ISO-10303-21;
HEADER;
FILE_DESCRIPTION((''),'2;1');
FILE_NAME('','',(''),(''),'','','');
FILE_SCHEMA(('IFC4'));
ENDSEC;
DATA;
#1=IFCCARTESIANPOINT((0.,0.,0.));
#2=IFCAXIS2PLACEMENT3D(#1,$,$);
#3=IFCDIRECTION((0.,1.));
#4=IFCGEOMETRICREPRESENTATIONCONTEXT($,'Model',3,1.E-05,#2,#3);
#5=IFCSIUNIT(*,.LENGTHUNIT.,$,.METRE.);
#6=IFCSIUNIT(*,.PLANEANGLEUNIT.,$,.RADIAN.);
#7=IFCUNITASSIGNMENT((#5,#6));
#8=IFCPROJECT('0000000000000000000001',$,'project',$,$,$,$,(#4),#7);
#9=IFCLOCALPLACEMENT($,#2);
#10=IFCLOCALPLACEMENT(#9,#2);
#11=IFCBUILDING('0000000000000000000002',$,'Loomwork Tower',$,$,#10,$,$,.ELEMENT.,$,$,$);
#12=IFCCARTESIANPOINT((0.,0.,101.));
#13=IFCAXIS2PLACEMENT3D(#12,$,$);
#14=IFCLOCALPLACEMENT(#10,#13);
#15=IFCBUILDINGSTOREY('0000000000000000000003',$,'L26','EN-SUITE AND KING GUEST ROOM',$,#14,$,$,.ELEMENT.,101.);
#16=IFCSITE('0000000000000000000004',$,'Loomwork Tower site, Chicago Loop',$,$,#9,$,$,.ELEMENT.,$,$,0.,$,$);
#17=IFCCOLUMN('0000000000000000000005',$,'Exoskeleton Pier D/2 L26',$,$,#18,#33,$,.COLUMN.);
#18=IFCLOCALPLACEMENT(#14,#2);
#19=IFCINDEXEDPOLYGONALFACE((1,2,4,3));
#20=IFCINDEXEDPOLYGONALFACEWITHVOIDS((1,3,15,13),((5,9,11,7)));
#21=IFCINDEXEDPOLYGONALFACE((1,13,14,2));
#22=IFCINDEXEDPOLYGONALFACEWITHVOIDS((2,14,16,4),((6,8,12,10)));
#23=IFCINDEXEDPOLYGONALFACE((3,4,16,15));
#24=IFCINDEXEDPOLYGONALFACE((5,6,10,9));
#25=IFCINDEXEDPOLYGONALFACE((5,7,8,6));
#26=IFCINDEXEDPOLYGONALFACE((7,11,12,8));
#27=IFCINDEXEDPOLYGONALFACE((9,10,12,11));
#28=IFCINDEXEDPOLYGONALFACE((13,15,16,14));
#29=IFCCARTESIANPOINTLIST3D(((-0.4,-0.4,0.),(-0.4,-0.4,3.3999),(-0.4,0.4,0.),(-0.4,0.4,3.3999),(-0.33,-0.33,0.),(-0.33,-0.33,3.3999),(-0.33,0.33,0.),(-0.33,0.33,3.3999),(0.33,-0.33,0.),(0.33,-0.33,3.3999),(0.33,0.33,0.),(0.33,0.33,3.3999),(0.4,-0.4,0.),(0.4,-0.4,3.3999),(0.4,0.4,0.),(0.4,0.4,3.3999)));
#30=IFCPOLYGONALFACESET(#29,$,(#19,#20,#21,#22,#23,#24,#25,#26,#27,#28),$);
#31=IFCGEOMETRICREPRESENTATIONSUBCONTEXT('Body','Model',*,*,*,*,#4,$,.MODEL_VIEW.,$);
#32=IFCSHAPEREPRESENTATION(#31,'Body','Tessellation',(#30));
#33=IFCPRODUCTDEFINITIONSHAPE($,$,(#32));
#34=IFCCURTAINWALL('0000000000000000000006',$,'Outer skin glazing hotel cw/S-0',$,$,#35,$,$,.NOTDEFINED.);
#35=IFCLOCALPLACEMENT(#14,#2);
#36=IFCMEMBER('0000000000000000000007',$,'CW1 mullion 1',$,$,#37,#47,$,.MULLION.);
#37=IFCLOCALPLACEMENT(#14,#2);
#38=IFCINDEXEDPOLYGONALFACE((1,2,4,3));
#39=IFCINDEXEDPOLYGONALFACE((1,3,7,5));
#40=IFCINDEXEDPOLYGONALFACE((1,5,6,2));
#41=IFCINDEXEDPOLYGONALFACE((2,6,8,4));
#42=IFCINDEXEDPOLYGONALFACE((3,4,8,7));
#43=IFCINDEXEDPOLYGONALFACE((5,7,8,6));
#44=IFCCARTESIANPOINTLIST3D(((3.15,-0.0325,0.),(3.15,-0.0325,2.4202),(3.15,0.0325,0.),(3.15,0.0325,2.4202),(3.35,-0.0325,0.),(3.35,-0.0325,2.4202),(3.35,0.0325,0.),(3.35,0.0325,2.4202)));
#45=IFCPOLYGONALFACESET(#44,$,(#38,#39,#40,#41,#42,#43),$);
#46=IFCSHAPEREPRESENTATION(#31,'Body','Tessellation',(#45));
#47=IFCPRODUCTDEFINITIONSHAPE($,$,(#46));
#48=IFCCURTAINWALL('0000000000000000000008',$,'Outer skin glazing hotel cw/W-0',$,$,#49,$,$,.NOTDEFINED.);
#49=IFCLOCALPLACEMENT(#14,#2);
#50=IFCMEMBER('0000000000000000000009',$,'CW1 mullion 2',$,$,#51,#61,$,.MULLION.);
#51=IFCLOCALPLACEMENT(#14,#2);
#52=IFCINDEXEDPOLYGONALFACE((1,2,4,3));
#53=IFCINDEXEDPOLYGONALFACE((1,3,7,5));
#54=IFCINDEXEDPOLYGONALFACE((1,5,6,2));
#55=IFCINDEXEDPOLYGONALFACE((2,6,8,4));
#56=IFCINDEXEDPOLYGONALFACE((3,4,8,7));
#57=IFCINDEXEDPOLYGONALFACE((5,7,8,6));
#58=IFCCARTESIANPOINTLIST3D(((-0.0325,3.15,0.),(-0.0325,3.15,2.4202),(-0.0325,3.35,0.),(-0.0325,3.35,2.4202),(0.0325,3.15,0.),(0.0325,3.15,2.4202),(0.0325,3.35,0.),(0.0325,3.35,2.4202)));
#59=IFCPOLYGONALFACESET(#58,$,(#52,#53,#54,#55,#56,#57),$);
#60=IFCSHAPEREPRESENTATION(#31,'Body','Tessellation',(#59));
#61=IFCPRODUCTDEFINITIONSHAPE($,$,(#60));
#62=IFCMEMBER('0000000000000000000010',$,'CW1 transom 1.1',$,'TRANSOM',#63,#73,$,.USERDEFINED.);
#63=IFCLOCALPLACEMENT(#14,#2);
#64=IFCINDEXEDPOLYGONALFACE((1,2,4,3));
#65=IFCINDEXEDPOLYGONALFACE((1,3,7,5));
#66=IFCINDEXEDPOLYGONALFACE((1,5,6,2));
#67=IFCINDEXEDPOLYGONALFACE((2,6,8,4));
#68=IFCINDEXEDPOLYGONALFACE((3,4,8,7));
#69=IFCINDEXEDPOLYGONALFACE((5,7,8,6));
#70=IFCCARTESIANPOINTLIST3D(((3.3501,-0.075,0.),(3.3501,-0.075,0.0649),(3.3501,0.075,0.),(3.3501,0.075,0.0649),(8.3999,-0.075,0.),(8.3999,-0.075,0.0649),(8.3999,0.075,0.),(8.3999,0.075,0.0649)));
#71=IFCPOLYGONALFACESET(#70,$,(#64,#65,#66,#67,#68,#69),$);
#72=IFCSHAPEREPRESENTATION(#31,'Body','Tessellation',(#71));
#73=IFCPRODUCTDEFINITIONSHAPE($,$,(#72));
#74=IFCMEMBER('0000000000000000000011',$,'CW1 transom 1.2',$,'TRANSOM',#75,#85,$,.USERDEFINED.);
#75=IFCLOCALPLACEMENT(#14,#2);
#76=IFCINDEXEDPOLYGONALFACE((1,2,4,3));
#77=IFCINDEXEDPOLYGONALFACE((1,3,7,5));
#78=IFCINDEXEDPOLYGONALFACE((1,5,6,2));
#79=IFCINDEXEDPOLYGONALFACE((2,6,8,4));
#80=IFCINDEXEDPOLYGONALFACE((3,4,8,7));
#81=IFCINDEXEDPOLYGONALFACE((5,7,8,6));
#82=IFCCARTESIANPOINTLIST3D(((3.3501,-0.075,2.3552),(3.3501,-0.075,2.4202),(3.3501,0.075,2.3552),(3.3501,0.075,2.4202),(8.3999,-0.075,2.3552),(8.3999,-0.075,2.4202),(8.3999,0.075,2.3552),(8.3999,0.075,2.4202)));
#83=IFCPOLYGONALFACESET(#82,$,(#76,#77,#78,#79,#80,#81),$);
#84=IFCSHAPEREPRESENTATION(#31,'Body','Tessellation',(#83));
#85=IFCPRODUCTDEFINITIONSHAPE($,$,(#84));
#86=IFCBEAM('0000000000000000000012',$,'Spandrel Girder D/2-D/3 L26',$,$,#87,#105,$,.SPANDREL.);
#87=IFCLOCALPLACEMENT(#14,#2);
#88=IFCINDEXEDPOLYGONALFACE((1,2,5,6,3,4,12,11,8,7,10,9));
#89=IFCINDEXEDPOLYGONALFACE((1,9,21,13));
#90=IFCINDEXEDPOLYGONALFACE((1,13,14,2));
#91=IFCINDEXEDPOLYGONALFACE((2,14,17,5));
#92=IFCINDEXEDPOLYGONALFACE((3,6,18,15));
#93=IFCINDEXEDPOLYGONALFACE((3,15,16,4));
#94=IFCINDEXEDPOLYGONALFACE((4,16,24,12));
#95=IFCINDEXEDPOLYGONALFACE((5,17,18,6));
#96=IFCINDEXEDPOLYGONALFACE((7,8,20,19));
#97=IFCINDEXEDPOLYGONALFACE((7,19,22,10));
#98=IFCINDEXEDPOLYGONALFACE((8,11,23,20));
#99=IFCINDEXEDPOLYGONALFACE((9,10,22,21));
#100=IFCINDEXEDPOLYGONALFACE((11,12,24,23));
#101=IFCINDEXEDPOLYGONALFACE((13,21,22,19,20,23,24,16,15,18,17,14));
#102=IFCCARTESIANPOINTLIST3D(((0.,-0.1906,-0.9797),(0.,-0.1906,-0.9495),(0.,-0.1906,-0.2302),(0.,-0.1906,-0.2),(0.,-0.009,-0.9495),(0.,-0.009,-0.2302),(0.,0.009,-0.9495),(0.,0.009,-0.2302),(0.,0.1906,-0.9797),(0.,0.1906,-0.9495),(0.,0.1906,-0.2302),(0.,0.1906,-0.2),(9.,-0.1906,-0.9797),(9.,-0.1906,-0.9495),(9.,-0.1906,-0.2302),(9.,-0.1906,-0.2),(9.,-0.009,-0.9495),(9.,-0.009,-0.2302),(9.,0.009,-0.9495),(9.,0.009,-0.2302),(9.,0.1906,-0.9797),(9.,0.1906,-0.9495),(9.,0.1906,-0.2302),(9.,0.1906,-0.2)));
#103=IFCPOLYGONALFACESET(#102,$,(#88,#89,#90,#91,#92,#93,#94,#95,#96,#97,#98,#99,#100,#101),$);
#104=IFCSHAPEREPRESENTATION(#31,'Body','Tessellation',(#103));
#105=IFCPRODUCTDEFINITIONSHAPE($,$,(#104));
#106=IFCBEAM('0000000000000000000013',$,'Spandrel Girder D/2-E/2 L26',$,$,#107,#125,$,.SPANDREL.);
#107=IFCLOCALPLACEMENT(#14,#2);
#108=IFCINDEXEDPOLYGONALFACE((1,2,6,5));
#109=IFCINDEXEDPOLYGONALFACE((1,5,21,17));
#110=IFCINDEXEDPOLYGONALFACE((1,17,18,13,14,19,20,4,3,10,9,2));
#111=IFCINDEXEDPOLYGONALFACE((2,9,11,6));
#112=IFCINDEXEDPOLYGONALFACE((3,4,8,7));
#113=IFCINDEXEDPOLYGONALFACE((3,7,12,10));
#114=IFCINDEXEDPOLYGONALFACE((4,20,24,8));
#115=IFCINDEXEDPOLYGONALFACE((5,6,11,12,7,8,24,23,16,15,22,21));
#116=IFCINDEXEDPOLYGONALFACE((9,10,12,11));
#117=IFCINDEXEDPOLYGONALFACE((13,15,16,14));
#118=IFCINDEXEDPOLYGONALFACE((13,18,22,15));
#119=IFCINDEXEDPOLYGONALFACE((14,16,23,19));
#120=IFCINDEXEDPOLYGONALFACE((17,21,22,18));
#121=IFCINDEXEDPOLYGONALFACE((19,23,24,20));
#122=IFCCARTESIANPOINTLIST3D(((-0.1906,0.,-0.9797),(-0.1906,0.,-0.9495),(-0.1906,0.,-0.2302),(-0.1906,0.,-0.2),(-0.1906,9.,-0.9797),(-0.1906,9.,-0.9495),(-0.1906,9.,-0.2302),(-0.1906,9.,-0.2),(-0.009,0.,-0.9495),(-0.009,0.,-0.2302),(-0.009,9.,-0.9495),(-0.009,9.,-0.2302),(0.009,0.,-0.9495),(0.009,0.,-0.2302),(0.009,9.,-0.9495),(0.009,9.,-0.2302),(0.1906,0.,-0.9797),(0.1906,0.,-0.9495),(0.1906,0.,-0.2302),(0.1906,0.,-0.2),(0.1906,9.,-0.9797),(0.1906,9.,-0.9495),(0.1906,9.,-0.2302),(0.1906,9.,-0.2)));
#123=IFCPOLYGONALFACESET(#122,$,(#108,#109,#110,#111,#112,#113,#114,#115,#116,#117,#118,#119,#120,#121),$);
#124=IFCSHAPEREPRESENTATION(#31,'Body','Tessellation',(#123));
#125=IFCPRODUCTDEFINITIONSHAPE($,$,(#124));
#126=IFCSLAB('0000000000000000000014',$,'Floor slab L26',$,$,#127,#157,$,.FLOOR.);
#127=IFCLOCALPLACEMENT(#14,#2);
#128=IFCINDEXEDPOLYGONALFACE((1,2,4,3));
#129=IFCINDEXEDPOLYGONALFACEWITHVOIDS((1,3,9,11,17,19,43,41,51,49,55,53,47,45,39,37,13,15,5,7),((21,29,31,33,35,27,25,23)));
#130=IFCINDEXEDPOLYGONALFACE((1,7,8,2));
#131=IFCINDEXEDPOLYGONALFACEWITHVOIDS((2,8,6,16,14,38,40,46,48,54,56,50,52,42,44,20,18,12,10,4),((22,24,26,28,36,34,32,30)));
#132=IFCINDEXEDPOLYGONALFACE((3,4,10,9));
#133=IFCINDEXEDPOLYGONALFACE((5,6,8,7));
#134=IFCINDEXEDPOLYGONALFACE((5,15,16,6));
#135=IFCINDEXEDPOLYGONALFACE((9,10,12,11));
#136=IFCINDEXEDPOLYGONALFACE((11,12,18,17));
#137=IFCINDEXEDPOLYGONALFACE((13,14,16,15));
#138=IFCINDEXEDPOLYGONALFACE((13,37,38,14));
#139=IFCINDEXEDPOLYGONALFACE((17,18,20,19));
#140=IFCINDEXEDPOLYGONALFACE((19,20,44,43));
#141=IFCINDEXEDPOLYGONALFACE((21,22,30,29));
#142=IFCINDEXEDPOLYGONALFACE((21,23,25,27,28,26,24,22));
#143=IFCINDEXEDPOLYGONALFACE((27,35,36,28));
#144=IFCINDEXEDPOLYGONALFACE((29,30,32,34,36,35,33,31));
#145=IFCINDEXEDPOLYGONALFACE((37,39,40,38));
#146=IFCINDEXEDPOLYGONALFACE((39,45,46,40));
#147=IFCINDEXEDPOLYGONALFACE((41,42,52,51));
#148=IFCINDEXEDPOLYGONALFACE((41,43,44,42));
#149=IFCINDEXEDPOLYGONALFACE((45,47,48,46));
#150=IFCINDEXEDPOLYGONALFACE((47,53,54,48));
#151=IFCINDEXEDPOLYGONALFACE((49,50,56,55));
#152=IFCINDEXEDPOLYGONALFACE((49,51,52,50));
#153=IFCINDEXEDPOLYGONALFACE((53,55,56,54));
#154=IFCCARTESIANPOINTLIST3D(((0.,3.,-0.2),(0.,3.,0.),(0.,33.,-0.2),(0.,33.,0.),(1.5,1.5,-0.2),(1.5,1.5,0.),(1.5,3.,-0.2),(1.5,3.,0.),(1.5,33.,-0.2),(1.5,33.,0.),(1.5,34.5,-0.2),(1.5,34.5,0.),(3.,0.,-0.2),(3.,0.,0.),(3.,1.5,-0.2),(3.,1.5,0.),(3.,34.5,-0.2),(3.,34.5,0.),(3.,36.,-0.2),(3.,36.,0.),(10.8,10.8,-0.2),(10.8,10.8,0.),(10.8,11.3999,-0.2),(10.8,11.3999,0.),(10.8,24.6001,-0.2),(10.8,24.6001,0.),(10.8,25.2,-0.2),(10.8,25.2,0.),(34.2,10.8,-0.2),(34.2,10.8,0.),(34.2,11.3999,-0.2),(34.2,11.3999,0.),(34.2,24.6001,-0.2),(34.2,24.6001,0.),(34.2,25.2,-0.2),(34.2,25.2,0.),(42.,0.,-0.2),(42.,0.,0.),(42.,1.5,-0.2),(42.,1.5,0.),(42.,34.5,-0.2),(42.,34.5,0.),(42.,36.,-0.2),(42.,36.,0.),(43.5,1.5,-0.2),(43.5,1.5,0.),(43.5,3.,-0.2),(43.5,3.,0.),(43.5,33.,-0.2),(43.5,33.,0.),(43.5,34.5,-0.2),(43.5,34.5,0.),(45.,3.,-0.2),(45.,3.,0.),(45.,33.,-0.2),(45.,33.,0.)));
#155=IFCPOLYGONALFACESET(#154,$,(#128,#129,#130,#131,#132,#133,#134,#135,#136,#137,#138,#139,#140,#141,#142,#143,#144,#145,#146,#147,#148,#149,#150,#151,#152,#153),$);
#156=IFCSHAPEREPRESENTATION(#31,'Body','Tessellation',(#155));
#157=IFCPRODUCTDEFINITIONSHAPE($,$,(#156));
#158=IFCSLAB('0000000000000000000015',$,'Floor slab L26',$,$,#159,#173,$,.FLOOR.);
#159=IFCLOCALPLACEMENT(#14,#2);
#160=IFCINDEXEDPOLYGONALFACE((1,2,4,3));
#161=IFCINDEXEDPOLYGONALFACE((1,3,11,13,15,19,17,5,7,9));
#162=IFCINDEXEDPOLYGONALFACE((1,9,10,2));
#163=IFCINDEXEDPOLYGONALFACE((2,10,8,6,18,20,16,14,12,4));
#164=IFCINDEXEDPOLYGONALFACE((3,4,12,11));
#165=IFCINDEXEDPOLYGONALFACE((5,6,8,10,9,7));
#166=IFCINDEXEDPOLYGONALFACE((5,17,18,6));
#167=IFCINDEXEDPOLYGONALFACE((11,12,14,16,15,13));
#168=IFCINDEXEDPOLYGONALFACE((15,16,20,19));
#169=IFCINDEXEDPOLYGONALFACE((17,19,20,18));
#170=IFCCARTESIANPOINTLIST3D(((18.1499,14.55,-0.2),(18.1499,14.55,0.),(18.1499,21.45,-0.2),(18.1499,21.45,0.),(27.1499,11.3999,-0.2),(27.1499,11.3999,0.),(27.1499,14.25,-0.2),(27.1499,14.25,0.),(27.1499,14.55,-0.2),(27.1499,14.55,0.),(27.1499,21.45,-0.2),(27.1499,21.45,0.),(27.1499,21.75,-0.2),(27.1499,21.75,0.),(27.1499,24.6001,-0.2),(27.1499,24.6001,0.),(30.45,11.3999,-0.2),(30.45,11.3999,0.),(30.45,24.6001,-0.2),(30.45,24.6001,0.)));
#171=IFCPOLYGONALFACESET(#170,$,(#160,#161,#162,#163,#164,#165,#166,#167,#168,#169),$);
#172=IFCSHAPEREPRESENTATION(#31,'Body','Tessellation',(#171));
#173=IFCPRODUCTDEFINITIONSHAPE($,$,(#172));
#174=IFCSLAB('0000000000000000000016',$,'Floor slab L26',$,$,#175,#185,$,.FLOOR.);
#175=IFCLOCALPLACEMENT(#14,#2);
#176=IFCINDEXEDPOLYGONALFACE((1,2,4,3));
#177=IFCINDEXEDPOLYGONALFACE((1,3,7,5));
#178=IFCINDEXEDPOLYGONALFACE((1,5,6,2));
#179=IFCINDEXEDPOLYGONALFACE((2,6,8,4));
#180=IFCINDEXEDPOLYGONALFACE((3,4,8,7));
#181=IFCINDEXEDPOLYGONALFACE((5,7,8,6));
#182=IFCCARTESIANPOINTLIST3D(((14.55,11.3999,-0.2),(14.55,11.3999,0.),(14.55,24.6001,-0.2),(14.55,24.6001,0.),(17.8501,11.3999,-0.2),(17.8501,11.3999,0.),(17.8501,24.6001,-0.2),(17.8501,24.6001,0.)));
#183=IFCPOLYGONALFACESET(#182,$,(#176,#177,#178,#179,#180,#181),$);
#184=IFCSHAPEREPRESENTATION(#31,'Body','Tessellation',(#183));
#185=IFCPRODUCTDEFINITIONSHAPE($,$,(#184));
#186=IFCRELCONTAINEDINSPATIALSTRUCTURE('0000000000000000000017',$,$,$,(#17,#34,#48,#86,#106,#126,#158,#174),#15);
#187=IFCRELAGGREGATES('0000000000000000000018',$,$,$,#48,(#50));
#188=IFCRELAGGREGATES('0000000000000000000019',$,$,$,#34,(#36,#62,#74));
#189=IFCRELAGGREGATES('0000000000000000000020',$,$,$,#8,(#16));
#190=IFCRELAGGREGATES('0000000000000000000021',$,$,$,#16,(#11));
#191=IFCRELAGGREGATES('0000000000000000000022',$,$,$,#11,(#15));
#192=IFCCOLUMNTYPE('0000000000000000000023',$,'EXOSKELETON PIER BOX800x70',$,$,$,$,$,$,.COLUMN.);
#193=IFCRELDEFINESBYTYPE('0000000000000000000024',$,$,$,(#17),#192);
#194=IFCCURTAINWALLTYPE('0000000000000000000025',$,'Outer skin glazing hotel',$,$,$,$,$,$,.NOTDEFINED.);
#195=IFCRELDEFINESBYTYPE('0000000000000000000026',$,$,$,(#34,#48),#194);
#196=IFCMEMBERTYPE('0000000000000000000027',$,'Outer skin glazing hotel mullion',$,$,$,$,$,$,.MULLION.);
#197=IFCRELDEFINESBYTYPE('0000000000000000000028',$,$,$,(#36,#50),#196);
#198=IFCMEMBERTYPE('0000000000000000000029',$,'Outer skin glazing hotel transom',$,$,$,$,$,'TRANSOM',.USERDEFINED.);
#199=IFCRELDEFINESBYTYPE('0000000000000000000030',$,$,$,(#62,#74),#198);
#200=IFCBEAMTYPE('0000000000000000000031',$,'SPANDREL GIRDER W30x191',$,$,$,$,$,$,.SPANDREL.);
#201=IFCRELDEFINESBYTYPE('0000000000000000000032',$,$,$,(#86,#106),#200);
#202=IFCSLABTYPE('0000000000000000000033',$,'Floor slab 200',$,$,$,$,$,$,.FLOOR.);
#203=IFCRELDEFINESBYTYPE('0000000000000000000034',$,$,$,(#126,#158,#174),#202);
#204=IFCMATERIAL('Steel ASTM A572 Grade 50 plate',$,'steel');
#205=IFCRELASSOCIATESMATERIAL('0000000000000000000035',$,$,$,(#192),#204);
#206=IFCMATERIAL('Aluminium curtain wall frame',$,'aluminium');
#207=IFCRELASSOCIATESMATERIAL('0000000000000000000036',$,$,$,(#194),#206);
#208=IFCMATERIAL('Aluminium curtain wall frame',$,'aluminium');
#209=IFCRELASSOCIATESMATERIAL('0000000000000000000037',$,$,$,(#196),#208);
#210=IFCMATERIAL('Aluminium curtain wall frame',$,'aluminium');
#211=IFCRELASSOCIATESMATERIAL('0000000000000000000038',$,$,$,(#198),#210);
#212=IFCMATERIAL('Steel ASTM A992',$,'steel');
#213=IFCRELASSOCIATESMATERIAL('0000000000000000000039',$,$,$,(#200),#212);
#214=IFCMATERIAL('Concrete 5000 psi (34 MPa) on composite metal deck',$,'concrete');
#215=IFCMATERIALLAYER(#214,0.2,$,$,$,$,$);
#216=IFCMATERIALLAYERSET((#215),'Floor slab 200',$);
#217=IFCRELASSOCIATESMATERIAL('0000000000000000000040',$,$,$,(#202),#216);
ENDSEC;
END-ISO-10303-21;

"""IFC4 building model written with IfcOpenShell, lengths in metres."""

from ifc_helpers import new_model, si_unit, direction, frame, origin, origin_with_axes, origin_2d, place, context, subcontext, project, spatial, polyline, rectangle, hollow_rectangle, i_section, outline, extrude, material, layer, layer_set, material_profile, profile_set, type_object, element, aggregate, save


model = new_model("IFC4")

# Units and contexts
model_context = context("Model", 3, precision=1e-05, world=origin(), true_north=direction((0.0, 1.0)))
body_context = subcontext(model_context, "Body", "Model", "MODEL_VIEW")
ifc_project = project(units=[si_unit("LENGTHUNIT", "METRE"), si_unit("PLANEANGLEUNIT", "RADIAN")], contexts=[model_context])

# Site, building, storey
site_placement = place(None, origin())
site = spatial("IfcSite", under=ifc_project, at=site_placement, Name="Loomwork Tower site, Chicago Loop", CompositionType="ELEMENT", RefElevation=0.0)
building_placement = place(site_placement, origin())
building = spatial("IfcBuilding", under=site, at=building_placement, Name="Loomwork Tower", CompositionType="ELEMENT")
storey_placement = place(building_placement, frame((0.0, 0.0, 101.0)))
storey = spatial("IfcBuildingStorey", under=building, at=storey_placement, Name="L26", Description="EN-SUITE AND KING GUEST ROOM", CompositionType="ELEMENT", Elevation=101.0)

# Column
ifc_material_1 = material(Name="Steel ASTM A572 Grade 50 plate", Category="steel")
ifc_material_profile_1 = material_profile(ifc_material_1, hollow_rectangle(XDim=0.8, YDim=0.8, WallThickness=0.0701, at=origin_2d()), Name="BOX800x70")
ifc_profile_set_1 = profile_set([ifc_material_profile_1], Name="Steel ASTM A572 Grade 50 plate")
column_type = type_object("IfcColumnType", Name="EXOSKELETON PIER BOX800x70", PredefinedType="COLUMN", material=ifc_profile_set_1)
column_placement = place(storey_placement, origin_with_axes())
element("IfcColumn", 1, at=column_placement, inside=storey, type_object=column_type, Name="Exoskeleton Pier D/2 L26", PredefinedType="COLUMN", context=body_context, shape_type="SweptSolid", body=[
    extrude(hollow_rectangle(XDim=0.8, YDim=0.8, WallThickness=0.0701, at=origin_2d()), origin(), (0.0, 0.0, 1.0), 3.3999),
])

# Curtain walls, members
ifc_material_2 = material(Name="Aluminium curtain wall frame", Category="aluminium")
curtain_wall_type = type_object("IfcCurtainWallType", Name="Outer skin glazing hotel", PredefinedType="NOTDEFINED", material=ifc_material_2)
curtain_wall_1_placement = place(storey_placement, origin())
curtain_wall_1 = element("IfcCurtainWall", 2, at=curtain_wall_1_placement, inside=storey, type_object=curtain_wall_type, Name="Outer skin glazing hotel cw/S-0", PredefinedType="NOTDEFINED")
ifc_material_3 = material(Name="Aluminium curtain wall frame", Category="aluminium")
ifc_material_profile_2 = material_profile(ifc_material_3, rectangle(XDim=0.0649, YDim=0.2, at=origin_2d()), Name="AL 65x200")
ifc_profile_set_2 = profile_set([ifc_material_profile_2], Name="Aluminium curtain wall frame")
member_type_1 = type_object("IfcMemberType", Name="Outer skin glazing hotel mullion", PredefinedType="MULLION", material=ifc_profile_set_2)
member_1_placement = place(storey_placement, frame((3.25, 0.0, 0.0), z_axis=(0.0, 0.0, 1.0), x_axis=(0.0, 1.0, 0.0)))
member_1 = element("IfcMember", 3, at=member_1_placement, type_object=member_type_1, Name="CW1 mullion 1", PredefinedType="MULLION", context=body_context, shape_type="SweptSolid", body=[
    extrude(rectangle(XDim=0.0649, YDim=0.2, at=origin_2d()), origin(), (0.0, 0.0, 1.0), 2.4202),
])
curtain_wall_2_placement = place(storey_placement, origin())
curtain_wall_2 = element("IfcCurtainWall", 4, at=curtain_wall_2_placement, inside=storey, type_object=curtain_wall_type, Name="Outer skin glazing hotel cw/W-0", PredefinedType="NOTDEFINED")
member_2_placement = place(storey_placement, frame((0.0, 3.25, 0.0), z_axis=(0.0, 0.0, 1.0), x_axis=(1.0, 0.0, 0.0)))
member_2 = element("IfcMember", 5, at=member_2_placement, type_object=member_type_1, Name="CW1 mullion 2", PredefinedType="MULLION", context=body_context, shape_type="SweptSolid", body=[
    extrude(rectangle(XDim=0.0649, YDim=0.2, at=origin_2d()), origin(), (0.0, 0.0, 1.0), 2.4202),
])
aggregate(curtain_wall_2, [member_2])

# Members
ifc_material_4 = material(Name="Aluminium curtain wall frame", Category="aluminium")
ifc_material_profile_3 = material_profile(ifc_material_4, rectangle(XDim=0.1499, YDim=0.0649, at=origin_2d()), Name="AL 65x150")
ifc_profile_set_3 = profile_set([ifc_material_profile_3], Name="Aluminium curtain wall frame")
member_type_2 = type_object("IfcMemberType", Name="Outer skin glazing hotel transom", ElementType="TRANSOM", PredefinedType="USERDEFINED", material=ifc_profile_set_3)
member_3_placement = place(storey_placement, frame((3.3501, 0.0, 0.0325), z_axis=(1.0, 0.0, 0.0), x_axis=(0.0, 1.0, 0.0)))
member_3 = element("IfcMember", 6, at=member_3_placement, type_object=member_type_2, Name="CW1 transom 1.1", ObjectType="TRANSOM", PredefinedType="USERDEFINED", context=body_context, shape_type="SweptSolid", body=[
    extrude(rectangle(XDim=0.1499, YDim=0.0649, at=origin_2d()), origin(), (0.0, 0.0, 1.0), 5.0498),
])
member_4_placement = place(storey_placement, frame((3.3501, 0.0, 2.3877), z_axis=(1.0, 0.0, 0.0), x_axis=(0.0, 1.0, 0.0)))
member_4 = element("IfcMember", 7, at=member_4_placement, type_object=member_type_2, Name="CW1 transom 1.2", ObjectType="TRANSOM", PredefinedType="USERDEFINED", context=body_context, shape_type="SweptSolid", body=[
    extrude(rectangle(XDim=0.1499, YDim=0.0649, at=origin_2d()), origin(), (0.0, 0.0, 1.0), 5.0498),
])

# Beams
ifc_material_5 = material(Name="Steel ASTM A992", Category="steel")
ifc_material_profile_4 = material_profile(ifc_material_5, i_section(OverallWidth=0.3811, OverallDepth=0.7798, WebThickness=0.0181, FlangeThickness=0.0303, at=origin_2d()), Name="W30x191")
ifc_profile_set_4 = profile_set([ifc_material_profile_4], Name="Steel ASTM A992")
beam_type = type_object("IfcBeamType", Name="SPANDREL GIRDER W30x191", PredefinedType="SPANDREL", material=ifc_profile_set_4)
for number, where, z_axis, x_axis, name in (
    (8, (0.0, 0.0, -0.5898), (1.0, 0.0, 0.0), (0.0, 1.0, 0.0), "Spandrel Girder D/2-D/3 L26"),
    (9, (0.0, 0.0, -0.5898), (0.0, 1.0, 0.0), (-1.0, 0.0, 0.0), "Spandrel Girder D/2-E/2 L26"),
):
    element("IfcBeam", number, at=place(storey_placement, frame(where, z_axis=z_axis, x_axis=x_axis)), inside=storey, type_object=beam_type, Name=name, PredefinedType="SPANDREL", context=body_context, shape_type="SweptSolid", body=[
        extrude(i_section(OverallWidth=0.3811, OverallDepth=0.7798, WebThickness=0.0181, FlangeThickness=0.0303, at=origin_2d()), origin(), (0.0, 0.0, 1.0), 9.0),
    ])

# Slabs
ifc_material_6 = material(Name="Concrete 5000 psi (34 MPa) on composite metal deck", Category="concrete")
ifc_layer_1 = layer(ifc_material_6, 0.2)
ifc_layer_set_1 = layer_set([ifc_layer_1], Name="Floor slab 200")
slab_type_1 = type_object("IfcSlabType", Name="Floor slab 200", PredefinedType="FLOOR", material=ifc_layer_set_1)
slab_1_placement = place(storey_placement, frame((0.0, 0.0, -0.2)))
element("IfcSlab", 10, at=slab_1_placement, inside=storey, type_object=slab_type_1, Name="Floor slab L26", PredefinedType="FLOOR", context=body_context, shape_type="SweptSolid", body=[
    extrude(outline(polyline([(3.0, 1.5), (1.5, 1.5), (1.5, 3.0), (0.0, 3.0), (0.0, 33.0), (1.5, 33.0), (1.5, 34.5), (3.0, 34.5), (3.0, 36.0), (42.0, 36.0), (42.0, 34.5), (43.5, 34.5), (43.5, 33.0), (45.0, 33.0), (45.0, 3.0), (43.5, 3.0), (43.5, 1.5), (42.0, 1.5), (42.0, 0.0), (3.0, 0.0), (3.0, 1.5)]), holes=[polyline([(10.8, 11.3999), (10.8, 11.3999), (10.8, 10.8), (34.2, 10.8), (34.2, 11.3999), (34.2, 11.3999), (34.2, 24.6001), (34.2, 25.2), (10.8, 25.2), (10.8, 24.6001), (10.8, 11.3999)])]), origin(), (0.0, 0.0, 1.0), 0.2),
])
slab_2_placement = place(storey_placement, frame((0.0, 0.0, -0.2)))
element("IfcSlab", 11, at=slab_2_placement, inside=storey, type_object=slab_type_1, Name="Floor slab L26", PredefinedType="FLOOR", context=body_context, shape_type="SweptSolid", body=[
    extrude(outline(polyline([(30.45, 24.6001), (30.45, 11.3999), (27.1499, 11.3999), (27.1499, 14.25), (27.1499, 14.55), (18.1499, 14.55), (18.1499, 21.45), (27.1499, 21.45), (27.1499, 21.75), (27.1499, 24.6001), (30.45, 24.6001)])), origin(), (0.0, 0.0, 1.0), 0.2),
])
slab_3_placement = place(storey_placement, frame((0.0, 0.0, -0.2)))
element("IfcSlab", 12, at=slab_3_placement, inside=storey, type_object=slab_type_1, Name="Floor slab L26", PredefinedType="FLOOR", context=body_context, shape_type="SweptSolid", body=[
    extrude(outline(polyline([(14.55, 11.3999), (14.55, 24.6001), (17.8501, 24.6001), (17.8501, 11.3999), (14.55, 11.3999)])), origin(), (0.0, 0.0, 1.0), 0.2),
])

aggregate(curtain_wall_1, [member_1, member_3, member_4])

save(model, "model.ifc")
